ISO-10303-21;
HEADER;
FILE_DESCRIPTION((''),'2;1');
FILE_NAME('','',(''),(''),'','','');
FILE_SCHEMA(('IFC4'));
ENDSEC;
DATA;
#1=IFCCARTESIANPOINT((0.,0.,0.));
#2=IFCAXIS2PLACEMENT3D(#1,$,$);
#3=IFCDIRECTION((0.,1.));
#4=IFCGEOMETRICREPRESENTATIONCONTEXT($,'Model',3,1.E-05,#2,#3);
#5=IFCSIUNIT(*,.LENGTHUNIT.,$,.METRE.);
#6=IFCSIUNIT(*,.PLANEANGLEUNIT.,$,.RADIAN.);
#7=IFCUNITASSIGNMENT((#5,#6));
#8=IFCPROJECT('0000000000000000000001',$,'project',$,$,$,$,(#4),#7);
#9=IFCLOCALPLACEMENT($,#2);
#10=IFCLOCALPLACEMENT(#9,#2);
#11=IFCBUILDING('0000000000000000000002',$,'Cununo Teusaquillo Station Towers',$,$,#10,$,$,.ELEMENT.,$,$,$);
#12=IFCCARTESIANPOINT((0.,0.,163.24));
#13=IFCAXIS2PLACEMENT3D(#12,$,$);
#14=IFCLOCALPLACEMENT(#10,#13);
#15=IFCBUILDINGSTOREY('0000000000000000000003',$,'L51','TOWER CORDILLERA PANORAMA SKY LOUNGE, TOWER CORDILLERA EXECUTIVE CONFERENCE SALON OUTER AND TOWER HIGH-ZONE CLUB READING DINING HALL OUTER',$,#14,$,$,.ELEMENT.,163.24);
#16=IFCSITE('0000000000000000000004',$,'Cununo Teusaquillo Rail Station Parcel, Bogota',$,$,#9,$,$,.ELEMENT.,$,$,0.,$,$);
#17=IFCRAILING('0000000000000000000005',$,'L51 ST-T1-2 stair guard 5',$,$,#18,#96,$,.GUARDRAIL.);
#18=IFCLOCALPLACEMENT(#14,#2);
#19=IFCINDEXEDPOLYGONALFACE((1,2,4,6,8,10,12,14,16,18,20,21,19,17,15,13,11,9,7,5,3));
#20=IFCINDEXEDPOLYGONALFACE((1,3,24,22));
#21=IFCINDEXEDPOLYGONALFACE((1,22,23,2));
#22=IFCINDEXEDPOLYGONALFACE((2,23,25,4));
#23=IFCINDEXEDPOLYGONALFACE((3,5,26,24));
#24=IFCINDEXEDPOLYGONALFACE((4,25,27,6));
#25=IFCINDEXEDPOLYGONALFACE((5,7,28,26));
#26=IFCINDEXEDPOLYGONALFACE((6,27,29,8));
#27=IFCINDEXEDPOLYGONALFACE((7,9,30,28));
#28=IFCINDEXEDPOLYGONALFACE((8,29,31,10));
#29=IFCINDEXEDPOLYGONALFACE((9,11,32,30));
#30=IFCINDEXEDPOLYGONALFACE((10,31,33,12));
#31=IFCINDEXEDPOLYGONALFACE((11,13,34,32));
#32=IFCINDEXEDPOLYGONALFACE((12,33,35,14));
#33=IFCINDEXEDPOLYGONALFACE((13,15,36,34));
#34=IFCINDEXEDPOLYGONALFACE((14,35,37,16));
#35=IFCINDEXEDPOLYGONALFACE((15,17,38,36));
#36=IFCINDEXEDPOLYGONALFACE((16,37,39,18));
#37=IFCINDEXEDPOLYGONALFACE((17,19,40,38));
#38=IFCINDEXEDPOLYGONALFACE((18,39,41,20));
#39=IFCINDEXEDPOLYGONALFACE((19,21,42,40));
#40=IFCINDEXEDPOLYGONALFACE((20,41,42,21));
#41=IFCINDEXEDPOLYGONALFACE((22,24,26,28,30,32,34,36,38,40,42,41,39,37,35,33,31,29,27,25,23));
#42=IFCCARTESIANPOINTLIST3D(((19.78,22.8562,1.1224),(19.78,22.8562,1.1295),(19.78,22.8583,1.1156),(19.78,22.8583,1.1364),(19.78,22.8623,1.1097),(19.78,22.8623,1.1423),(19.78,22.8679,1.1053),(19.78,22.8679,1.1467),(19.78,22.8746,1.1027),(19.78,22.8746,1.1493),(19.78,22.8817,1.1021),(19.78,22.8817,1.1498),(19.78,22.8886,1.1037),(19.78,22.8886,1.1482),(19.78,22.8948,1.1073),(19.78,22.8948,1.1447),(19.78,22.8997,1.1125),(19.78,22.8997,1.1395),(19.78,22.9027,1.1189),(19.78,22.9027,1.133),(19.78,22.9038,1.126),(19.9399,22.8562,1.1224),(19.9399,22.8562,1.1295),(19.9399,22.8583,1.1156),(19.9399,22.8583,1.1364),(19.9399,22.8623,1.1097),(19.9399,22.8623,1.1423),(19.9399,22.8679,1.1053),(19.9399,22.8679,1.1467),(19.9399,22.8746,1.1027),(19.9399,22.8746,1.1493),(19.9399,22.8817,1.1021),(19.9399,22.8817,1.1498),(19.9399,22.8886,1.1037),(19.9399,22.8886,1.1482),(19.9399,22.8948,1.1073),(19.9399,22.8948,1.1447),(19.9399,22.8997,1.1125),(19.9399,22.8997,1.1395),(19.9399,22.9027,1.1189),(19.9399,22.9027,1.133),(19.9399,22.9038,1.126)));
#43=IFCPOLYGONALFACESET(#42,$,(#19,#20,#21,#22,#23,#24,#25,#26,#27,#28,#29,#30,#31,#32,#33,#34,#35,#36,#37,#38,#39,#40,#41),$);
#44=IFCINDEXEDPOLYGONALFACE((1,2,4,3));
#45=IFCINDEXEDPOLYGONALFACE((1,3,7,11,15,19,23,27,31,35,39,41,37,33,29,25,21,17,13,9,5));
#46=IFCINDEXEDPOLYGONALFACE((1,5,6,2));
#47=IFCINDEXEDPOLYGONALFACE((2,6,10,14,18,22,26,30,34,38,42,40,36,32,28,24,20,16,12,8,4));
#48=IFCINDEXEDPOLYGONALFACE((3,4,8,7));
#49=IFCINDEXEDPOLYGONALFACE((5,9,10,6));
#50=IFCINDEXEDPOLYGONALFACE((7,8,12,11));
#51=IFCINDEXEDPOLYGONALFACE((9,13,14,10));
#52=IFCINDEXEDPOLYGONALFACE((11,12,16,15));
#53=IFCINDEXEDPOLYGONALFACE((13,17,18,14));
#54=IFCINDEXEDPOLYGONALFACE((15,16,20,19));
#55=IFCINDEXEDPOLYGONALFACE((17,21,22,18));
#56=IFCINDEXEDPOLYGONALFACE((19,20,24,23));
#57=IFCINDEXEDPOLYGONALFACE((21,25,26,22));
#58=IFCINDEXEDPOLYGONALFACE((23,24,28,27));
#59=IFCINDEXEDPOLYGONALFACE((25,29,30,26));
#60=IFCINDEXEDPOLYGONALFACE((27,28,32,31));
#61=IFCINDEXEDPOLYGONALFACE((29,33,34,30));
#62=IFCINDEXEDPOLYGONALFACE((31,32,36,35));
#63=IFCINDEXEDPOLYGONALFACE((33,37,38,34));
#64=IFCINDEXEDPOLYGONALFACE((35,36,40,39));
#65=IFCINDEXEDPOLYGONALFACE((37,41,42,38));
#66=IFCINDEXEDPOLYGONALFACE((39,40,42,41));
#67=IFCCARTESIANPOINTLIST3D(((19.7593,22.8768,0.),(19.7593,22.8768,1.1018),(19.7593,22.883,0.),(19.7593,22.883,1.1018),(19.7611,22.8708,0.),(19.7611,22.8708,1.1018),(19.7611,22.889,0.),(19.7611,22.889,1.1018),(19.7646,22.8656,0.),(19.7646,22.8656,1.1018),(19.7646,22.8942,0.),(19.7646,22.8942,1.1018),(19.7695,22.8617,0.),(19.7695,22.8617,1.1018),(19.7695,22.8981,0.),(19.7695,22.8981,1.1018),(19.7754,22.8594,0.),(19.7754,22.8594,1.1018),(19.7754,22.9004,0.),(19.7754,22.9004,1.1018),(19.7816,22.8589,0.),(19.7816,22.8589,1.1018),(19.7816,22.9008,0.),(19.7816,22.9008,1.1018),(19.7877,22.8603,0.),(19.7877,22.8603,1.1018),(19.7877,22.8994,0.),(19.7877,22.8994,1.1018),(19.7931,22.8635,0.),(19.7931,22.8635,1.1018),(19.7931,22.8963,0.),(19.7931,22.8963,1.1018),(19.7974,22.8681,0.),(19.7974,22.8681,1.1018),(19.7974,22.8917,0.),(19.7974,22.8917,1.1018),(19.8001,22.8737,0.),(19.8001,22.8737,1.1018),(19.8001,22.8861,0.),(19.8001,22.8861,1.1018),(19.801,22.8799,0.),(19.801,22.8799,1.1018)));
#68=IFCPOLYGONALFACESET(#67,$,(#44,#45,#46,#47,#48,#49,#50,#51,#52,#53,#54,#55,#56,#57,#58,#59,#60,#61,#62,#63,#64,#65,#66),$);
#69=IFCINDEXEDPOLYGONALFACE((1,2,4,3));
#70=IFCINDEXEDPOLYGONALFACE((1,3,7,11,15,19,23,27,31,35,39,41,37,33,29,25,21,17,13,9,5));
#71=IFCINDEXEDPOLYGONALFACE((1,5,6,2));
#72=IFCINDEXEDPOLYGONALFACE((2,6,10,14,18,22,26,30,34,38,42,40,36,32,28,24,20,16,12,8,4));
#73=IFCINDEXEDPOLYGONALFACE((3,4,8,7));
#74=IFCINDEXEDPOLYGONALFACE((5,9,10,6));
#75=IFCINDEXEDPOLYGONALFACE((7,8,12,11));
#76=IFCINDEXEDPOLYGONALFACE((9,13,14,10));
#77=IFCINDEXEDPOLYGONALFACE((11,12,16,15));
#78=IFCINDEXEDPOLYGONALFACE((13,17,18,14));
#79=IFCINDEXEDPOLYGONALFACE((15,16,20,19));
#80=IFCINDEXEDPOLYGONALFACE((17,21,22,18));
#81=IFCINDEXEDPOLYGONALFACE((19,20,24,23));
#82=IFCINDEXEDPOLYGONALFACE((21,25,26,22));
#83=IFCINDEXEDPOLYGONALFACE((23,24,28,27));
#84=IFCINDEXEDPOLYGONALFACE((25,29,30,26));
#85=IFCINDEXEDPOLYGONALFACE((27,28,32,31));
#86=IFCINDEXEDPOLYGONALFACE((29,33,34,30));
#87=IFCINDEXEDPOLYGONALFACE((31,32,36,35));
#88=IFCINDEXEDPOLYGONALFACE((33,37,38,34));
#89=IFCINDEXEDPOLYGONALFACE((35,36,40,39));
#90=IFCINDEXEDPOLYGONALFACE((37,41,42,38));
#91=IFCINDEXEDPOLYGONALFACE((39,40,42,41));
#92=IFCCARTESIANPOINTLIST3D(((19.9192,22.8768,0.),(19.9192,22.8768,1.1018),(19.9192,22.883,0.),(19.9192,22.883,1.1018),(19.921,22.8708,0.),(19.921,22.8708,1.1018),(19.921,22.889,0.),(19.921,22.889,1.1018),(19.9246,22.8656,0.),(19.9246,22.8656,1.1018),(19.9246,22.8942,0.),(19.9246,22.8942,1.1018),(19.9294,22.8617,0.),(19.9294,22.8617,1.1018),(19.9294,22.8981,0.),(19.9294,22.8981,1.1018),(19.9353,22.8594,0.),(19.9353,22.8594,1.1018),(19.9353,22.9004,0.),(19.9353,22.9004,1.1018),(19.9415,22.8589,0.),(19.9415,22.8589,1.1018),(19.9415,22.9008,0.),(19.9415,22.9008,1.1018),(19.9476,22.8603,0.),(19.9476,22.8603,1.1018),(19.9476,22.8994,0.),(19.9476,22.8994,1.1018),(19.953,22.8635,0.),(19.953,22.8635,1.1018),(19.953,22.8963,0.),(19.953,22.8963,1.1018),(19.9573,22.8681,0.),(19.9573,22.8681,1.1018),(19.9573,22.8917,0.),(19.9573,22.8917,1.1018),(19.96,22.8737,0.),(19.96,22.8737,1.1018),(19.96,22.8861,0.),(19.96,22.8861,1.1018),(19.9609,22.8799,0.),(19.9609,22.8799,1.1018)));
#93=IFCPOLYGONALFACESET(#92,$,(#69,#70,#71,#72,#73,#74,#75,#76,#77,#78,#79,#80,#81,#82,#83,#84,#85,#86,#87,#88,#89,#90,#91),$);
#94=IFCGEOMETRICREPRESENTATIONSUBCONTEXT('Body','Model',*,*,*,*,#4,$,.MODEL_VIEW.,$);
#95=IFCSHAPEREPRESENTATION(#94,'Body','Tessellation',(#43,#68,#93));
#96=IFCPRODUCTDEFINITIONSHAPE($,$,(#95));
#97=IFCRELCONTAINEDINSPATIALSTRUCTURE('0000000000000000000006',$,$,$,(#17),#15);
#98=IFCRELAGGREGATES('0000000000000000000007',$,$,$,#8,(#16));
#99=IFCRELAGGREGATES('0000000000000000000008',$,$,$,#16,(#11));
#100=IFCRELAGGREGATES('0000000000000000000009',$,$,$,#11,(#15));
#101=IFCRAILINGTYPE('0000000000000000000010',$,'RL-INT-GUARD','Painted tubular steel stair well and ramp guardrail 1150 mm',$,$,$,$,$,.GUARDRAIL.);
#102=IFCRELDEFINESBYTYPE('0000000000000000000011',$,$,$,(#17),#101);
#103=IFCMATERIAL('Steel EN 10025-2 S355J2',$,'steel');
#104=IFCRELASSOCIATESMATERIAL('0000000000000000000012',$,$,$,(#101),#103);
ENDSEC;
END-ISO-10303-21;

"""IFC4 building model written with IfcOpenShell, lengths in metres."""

from ifc_helpers import new_model, si_unit, direction, frame, origin, origin_2d, place, context, subcontext, project, spatial, circle, extrude, material, type_object, element, save


model = new_model("IFC4")

# Units and contexts
model_context = context("Model", 3, precision=1e-05, world=origin(), true_north=direction((0.0, 1.0)))
body_context = subcontext(model_context, "Body", "Model", "MODEL_VIEW")
ifc_project = project(units=[si_unit("LENGTHUNIT", "METRE"), si_unit("PLANEANGLEUNIT", "RADIAN")], contexts=[model_context])

# Site, building, storey
site_placement = place(None, origin())
site = spatial("IfcSite", under=ifc_project, at=site_placement, Name="Cununo Teusaquillo Rail Station Parcel, Bogota", CompositionType="ELEMENT", RefElevation=0.0)
building_placement = place(site_placement, origin())
building = spatial("IfcBuilding", under=site, at=building_placement, Name="Cununo Teusaquillo Station Towers", CompositionType="ELEMENT")
storey_placement = place(building_placement, frame((0.0, 0.0, 163.24)))
storey = spatial("IfcBuildingStorey", under=building, at=storey_placement, Name="L51", Description="TOWER CORDILLERA PANORAMA SKY LOUNGE, TOWER CORDILLERA EXECUTIVE CONFERENCE SALON OUTER AND TOWER HIGH-ZONE CLUB READING DINING HALL OUTER", CompositionType="ELEMENT", Elevation=163.24)

# Railing
ifc_material_1 = material(Name="Steel EN 10025-2 S355J2", Category="steel")
railing_type_1 = type_object("IfcRailingType", Name="RL-INT-GUARD", Description="Painted tubular steel stair well and ramp guardrail 1150 mm", PredefinedType="GUARDRAIL", material=ifc_material_1)
railing_1_placement = place(storey_placement, frame((19.78, 22.8799, 0.0)))
element("IfcRailing", 1, at=railing_1_placement, inside=storey, type_object=railing_type_1, Name="L51 ST-T1-2 stair guard 5", PredefinedType="GUARDRAIL", context=body_context, shape_type="SweptSolid", body=[
    extrude(circle(Radius=0.0239, at=origin_2d()), frame((0.0, 0.0, 1.126), z_axis=(1.0, 0.0, 0.0), x_axis=(0.0, 1.0, 0.0)), (0.0, 0.0, 1.0), 0.1599),
    extrude(circle(Radius=0.021, at=origin_2d()), origin(), (0.0, 0.0, 1.0), 1.1018),
    extrude(circle(Radius=0.021, at=origin_2d()), frame((0.1599, 0.0, 0.0)), (0.0, 0.0, 1.0), 1.1018),
])

save(model, "model.ifc")
